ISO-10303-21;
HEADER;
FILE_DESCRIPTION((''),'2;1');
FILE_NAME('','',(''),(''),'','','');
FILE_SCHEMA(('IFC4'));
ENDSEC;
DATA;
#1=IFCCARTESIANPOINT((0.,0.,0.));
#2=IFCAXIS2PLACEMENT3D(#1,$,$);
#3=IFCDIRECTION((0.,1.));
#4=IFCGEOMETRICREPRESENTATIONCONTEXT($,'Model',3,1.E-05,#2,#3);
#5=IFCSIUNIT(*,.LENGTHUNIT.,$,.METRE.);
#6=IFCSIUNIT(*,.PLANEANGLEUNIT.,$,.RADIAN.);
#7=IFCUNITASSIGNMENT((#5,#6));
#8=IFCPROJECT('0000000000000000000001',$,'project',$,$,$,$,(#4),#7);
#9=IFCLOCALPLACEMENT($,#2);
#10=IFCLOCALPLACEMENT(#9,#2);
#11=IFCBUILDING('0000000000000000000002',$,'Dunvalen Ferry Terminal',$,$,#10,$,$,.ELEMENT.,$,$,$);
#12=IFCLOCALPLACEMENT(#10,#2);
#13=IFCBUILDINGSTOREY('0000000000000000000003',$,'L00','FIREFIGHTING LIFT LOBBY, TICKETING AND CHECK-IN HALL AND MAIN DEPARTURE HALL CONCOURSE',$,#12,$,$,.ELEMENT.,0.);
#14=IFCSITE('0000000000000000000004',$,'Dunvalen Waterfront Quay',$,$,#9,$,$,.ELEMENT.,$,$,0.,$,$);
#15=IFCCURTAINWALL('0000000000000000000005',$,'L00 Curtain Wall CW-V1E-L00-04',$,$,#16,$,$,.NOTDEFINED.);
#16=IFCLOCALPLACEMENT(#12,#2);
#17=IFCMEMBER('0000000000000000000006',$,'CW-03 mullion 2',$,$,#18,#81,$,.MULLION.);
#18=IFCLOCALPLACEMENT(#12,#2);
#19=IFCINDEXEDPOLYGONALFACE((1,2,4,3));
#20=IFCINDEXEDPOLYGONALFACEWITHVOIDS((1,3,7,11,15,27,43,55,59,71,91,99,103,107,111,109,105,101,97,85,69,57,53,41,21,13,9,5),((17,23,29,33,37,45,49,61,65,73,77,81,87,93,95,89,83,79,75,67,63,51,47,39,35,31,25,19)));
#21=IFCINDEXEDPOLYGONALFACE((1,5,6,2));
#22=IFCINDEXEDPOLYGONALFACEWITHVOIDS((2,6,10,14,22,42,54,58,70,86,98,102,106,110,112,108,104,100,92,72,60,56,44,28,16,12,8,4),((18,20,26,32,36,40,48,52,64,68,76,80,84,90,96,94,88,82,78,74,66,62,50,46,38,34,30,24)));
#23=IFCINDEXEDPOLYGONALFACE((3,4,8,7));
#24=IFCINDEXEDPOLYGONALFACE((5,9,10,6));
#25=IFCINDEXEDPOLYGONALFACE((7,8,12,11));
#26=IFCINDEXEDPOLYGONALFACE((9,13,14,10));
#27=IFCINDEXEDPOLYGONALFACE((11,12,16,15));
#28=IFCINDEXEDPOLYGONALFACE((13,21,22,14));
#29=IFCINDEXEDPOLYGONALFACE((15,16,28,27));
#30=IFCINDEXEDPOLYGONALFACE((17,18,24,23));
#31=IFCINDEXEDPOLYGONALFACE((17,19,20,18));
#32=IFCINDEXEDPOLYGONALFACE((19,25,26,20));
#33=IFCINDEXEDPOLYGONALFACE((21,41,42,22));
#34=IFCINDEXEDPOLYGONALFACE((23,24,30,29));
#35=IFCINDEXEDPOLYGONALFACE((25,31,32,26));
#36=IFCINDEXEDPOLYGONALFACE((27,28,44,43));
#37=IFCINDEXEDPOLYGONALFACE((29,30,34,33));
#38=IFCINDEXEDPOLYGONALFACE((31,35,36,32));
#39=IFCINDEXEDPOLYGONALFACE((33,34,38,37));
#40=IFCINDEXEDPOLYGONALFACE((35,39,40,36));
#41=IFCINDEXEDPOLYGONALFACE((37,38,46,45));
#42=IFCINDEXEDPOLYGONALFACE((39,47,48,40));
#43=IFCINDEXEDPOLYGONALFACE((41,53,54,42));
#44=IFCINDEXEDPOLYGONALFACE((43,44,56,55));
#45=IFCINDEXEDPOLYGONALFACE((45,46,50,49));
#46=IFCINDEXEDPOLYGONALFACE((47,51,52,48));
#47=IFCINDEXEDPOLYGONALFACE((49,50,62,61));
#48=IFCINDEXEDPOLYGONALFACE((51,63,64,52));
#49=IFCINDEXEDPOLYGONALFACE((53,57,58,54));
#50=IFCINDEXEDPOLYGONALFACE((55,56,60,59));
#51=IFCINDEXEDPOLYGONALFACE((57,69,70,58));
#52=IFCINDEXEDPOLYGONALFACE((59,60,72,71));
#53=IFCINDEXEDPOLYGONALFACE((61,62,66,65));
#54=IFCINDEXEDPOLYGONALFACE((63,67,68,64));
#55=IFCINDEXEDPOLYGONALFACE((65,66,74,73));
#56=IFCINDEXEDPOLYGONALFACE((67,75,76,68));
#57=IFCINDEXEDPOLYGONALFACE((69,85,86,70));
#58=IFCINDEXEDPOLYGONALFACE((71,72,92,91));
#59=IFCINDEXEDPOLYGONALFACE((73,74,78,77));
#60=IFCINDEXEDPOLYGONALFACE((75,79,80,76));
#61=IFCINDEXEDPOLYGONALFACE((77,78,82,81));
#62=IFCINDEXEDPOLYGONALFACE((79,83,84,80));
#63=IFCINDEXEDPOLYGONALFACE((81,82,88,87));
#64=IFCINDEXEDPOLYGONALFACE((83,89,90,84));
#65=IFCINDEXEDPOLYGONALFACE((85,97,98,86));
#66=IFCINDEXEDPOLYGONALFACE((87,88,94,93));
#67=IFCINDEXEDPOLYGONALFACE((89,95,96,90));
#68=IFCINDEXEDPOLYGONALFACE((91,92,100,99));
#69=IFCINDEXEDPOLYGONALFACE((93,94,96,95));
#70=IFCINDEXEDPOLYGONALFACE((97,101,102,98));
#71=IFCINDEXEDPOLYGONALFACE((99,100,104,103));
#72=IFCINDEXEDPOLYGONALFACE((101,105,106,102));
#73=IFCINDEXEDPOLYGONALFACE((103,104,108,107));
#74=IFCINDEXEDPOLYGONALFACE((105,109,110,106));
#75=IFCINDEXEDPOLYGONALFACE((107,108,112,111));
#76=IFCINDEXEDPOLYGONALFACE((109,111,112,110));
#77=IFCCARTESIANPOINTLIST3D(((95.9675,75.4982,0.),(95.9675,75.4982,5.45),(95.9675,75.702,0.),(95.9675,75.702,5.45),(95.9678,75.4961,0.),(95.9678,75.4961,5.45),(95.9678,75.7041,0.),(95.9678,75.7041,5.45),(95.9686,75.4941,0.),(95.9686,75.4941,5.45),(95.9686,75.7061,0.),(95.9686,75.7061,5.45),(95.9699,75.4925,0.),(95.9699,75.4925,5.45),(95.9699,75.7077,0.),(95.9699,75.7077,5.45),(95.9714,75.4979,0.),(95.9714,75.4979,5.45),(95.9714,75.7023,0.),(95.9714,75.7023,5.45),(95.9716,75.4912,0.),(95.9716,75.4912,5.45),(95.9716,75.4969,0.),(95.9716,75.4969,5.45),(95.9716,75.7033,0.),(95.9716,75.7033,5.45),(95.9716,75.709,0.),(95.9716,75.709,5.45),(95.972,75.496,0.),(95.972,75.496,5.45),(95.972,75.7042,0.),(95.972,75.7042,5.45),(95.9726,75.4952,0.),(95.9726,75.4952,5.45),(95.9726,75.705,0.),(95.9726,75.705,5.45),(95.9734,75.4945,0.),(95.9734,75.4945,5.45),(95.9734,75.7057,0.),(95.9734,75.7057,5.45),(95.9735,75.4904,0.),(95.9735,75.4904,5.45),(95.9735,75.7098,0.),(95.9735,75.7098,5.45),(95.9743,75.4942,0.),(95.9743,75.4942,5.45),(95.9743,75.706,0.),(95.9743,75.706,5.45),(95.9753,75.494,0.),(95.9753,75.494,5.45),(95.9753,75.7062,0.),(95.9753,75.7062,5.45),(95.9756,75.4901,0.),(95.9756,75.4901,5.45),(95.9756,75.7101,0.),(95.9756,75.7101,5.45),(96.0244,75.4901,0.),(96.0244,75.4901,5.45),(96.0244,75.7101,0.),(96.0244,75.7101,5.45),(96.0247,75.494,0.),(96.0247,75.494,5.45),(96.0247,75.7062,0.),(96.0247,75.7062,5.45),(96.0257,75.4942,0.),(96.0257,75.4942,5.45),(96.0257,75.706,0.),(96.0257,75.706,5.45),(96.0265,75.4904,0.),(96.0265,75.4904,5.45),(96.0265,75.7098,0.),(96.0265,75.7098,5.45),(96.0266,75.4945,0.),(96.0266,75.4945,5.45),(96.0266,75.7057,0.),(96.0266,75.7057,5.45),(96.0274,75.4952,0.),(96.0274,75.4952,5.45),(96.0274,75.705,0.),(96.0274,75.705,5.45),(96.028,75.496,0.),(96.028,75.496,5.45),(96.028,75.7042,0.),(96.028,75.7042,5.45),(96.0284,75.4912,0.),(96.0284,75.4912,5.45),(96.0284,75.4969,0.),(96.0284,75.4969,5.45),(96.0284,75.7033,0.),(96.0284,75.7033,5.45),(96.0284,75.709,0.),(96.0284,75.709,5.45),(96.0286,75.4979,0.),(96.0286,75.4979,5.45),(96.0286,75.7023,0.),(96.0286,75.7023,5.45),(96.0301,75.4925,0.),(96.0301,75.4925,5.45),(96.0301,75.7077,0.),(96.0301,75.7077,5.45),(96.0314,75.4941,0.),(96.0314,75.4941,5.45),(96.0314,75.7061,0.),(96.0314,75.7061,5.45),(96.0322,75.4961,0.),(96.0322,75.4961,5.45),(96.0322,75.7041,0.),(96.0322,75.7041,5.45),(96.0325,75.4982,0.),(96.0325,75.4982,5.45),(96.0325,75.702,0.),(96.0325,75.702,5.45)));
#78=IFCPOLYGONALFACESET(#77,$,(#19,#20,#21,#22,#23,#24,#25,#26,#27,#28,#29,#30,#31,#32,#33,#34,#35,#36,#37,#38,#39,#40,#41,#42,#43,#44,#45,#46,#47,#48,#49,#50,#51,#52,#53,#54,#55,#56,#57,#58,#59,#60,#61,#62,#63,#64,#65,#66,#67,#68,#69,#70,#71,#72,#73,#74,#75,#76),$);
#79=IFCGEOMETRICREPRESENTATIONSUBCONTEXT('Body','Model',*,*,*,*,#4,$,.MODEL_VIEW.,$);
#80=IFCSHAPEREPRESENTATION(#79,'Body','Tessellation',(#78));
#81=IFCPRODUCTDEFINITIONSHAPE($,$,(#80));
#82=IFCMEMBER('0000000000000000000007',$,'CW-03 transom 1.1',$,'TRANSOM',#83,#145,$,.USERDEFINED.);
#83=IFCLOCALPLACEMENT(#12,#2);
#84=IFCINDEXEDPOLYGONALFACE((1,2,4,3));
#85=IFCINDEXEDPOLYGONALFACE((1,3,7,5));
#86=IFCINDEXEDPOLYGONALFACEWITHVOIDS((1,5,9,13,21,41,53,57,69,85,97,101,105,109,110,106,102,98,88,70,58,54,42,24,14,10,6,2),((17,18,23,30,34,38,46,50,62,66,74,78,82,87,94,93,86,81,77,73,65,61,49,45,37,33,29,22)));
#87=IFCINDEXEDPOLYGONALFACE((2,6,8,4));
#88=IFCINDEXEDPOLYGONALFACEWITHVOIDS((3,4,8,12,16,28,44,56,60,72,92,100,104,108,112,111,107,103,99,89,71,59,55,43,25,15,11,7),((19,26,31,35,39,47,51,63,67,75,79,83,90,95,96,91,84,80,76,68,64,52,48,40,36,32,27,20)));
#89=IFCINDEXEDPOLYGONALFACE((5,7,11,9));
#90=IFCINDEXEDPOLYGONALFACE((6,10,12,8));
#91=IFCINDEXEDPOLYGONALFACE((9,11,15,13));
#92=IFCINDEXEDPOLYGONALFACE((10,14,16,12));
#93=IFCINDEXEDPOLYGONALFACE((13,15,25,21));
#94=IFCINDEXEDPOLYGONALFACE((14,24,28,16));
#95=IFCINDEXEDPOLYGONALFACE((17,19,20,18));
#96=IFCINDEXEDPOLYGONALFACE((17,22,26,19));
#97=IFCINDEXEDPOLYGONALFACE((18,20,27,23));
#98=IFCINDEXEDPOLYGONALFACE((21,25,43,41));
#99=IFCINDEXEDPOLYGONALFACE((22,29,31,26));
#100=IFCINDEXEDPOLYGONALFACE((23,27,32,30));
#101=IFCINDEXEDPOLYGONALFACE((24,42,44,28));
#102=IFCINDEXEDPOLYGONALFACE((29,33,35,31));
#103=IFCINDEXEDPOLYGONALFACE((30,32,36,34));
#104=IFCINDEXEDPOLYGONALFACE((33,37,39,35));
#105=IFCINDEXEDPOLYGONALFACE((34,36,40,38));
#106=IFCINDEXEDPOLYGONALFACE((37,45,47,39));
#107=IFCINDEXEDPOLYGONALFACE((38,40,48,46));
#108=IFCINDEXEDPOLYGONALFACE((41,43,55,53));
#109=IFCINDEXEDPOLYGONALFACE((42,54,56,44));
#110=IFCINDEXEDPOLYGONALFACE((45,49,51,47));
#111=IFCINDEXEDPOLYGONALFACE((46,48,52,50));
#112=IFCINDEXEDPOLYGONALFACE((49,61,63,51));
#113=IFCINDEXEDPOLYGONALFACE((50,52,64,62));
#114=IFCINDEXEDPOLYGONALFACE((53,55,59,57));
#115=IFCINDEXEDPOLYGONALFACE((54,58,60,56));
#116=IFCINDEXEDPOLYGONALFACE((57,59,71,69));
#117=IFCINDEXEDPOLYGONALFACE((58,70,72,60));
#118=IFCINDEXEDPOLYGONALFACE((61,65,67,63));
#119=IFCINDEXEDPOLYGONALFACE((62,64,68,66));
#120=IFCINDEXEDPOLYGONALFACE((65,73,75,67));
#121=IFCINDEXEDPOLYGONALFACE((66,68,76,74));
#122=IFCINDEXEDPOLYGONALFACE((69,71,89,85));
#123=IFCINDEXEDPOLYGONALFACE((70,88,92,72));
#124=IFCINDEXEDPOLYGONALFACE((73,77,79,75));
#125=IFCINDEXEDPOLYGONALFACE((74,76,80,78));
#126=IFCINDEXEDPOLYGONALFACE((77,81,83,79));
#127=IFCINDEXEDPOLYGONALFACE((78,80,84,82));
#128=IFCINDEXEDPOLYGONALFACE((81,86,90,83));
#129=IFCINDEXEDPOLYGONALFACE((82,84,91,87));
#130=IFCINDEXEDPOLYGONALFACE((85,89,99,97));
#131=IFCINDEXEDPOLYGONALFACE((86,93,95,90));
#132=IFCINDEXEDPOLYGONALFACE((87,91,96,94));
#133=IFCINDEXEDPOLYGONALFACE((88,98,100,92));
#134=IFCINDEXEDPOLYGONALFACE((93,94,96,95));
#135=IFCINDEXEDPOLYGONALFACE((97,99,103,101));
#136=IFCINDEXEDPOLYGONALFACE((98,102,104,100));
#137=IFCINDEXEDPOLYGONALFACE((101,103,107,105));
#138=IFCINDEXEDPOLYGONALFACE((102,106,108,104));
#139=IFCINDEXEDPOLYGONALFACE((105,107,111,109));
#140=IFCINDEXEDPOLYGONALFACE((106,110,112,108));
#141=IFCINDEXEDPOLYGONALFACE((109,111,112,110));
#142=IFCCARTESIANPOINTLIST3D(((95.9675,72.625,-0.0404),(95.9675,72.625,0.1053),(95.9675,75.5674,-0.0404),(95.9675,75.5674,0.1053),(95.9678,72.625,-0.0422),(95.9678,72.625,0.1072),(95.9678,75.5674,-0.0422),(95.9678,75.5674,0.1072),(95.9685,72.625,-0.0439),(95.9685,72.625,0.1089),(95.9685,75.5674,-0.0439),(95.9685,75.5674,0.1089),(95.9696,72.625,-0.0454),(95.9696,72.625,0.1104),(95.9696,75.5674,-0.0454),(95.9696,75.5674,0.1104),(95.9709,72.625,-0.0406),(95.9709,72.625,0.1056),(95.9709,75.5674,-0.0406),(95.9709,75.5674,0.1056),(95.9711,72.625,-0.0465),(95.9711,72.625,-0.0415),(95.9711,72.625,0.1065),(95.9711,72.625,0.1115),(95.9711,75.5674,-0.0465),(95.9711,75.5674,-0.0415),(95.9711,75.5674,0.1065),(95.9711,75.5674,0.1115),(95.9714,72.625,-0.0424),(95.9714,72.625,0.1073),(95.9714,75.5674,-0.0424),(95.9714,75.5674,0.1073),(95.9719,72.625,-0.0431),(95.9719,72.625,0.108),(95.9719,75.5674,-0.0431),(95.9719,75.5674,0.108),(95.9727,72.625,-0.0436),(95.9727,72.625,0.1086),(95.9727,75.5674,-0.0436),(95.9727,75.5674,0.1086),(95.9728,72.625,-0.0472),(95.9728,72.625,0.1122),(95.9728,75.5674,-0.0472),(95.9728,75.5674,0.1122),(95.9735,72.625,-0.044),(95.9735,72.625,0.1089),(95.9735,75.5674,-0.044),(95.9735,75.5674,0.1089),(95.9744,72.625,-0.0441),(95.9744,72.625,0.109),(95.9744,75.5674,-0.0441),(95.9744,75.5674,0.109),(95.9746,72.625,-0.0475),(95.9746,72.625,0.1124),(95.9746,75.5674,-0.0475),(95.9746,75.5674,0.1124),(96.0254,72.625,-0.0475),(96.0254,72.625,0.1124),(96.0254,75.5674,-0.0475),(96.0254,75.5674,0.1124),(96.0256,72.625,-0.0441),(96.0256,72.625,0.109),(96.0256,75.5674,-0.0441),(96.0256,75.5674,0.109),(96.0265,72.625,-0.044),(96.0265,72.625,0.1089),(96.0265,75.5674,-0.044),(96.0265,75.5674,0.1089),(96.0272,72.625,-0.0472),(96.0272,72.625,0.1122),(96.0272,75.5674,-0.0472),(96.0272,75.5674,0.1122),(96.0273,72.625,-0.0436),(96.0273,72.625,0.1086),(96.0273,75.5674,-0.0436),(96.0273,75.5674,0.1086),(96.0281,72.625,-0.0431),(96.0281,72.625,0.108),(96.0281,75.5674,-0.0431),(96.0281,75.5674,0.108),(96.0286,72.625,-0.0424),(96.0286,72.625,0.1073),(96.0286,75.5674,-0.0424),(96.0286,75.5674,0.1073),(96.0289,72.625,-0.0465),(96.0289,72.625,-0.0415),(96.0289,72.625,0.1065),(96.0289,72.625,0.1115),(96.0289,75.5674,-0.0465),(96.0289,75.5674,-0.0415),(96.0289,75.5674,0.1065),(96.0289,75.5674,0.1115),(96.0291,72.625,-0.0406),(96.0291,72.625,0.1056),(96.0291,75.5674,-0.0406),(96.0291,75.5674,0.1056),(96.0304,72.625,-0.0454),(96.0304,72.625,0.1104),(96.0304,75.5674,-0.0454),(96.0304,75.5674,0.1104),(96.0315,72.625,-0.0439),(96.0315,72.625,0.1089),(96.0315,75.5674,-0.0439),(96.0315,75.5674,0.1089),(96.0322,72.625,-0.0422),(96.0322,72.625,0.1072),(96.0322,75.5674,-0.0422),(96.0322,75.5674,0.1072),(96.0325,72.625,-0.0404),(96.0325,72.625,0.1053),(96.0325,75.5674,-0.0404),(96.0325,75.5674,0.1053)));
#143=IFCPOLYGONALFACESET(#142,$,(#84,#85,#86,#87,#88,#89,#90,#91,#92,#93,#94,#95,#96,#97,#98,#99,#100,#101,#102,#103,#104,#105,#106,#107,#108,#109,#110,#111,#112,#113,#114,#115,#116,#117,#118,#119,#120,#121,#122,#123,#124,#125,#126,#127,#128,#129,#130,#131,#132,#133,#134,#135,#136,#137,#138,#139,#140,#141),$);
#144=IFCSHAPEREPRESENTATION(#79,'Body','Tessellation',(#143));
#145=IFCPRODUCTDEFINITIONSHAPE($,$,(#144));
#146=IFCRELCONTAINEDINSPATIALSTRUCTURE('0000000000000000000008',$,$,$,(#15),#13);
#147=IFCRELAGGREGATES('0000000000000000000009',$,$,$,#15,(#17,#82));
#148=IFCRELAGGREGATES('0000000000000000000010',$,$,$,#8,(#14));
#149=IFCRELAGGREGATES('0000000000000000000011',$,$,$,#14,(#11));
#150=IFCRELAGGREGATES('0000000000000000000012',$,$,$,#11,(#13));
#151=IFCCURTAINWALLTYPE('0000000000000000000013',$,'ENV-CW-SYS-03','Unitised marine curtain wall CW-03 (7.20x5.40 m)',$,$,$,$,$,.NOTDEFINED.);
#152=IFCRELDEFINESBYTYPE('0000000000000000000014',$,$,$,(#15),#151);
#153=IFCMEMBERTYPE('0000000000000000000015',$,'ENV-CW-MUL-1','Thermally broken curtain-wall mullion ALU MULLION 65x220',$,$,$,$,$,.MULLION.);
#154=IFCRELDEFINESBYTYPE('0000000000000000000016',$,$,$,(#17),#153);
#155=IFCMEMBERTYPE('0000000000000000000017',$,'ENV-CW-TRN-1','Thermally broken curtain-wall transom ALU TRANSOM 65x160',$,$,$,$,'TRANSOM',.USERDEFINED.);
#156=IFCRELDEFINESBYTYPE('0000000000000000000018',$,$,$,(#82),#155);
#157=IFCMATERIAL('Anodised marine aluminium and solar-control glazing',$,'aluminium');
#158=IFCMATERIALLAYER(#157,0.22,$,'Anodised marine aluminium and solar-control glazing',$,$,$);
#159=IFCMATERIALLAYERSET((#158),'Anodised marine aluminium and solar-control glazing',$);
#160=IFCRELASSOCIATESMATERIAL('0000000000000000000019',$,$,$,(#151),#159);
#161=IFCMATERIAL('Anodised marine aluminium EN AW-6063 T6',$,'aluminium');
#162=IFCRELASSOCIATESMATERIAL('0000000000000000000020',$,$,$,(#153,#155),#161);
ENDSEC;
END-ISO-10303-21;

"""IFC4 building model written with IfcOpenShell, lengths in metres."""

from ifc_helpers import new_model, si_unit, direction, frame, origin, origin_2d, place, context, subcontext, project, spatial, hollow_rectangle, extrude, material, layer, layer_set, material_profile, profile_set, type_object, element, aggregate, save


model = new_model("IFC4")

# Units and contexts
model_context = context("Model", 3, precision=1e-05, world=origin(), true_north=direction((0.0, 1.0)))
body_context = subcontext(model_context, "Body", "Model", "MODEL_VIEW")
ifc_project = project(units=[si_unit("LENGTHUNIT", "METRE"), si_unit("PLANEANGLEUNIT", "RADIAN")], contexts=[model_context])

# Site, building, storey
site_placement = place(None, origin())
site = spatial("IfcSite", under=ifc_project, at=site_placement, Name="Dunvalen Waterfront Quay", CompositionType="ELEMENT", RefElevation=0.0)
building_placement = place(site_placement, origin())
building = spatial("IfcBuilding", under=site, at=building_placement, Name="Dunvalen Ferry Terminal", CompositionType="ELEMENT")
storey_placement = place(building_placement, origin())
storey = spatial("IfcBuildingStorey", under=building, at=storey_placement, Name="L00", Description="FIREFIGHTING LIFT LOBBY, TICKETING AND CHECK-IN HALL AND MAIN DEPARTURE HALL CONCOURSE", CompositionType="ELEMENT", Elevation=0.0)

# Curtain wall, members
ifc_material_1 = material(Name="Anodised marine aluminium and solar-control glazing", Category="aluminium")
ifc_layer_1 = layer(ifc_material_1, 0.22, Name="Anodised marine aluminium and solar-control glazing")
ifc_layer_set_1 = layer_set([ifc_layer_1], Name="Anodised marine aluminium and solar-control glazing")
curtain_wall_type = type_object("IfcCurtainWallType", Name="ENV-CW-SYS-03", Description="Unitised marine curtain wall CW-03 (7.20x5.40 m)", PredefinedType="NOTDEFINED", material=ifc_layer_set_1)
curtain_wall_placement = place(storey_placement, origin())
curtain_wall = element("IfcCurtainWall", 1, at=curtain_wall_placement, inside=storey, type_object=curtain_wall_type, Name="L00 Curtain Wall CW-V1E-L00-04", PredefinedType="NOTDEFINED")
ifc_material_2 = material(Name="Anodised marine aluminium EN AW-6063 T6", Category="aluminium")
ifc_material_profile_1 = material_profile(ifc_material_2, hollow_rectangle(XDim=0.0649, YDim=0.22, WallThickness=0.0039, InnerFilletRadius=0.0039, OuterFilletRadius=0.0081, at=origin_2d()), Name="Anodised marine aluminium EN AW-6063 T6")
ifc_profile_set_1 = profile_set([ifc_material_profile_1], Name="Anodised marine aluminium EN AW-6063 T6")
member_type_1 = type_object("IfcMemberType", Name="ENV-CW-MUL-1", Description="Thermally broken curtain-wall mullion ALU MULLION 65x220", PredefinedType="MULLION", material=ifc_profile_set_1)
member_1_placement = place(storey_placement, frame((96.0, 75.6001, 0.0), z_axis=(0.0, 0.0, 1.0), x_axis=(-1.0, 0.0, 0.0)))
member_1 = element("IfcMember", 2, at=member_1_placement, type_object=member_type_1, Name="CW-03 mullion 2", PredefinedType="MULLION", context=body_context, shape_type="SweptSolid", body=[
    extrude(hollow_rectangle(XDim=0.0649, YDim=0.22, WallThickness=0.0039, InnerFilletRadius=0.0039, OuterFilletRadius=0.0081, at=origin_2d()), origin(), (0.0, 0.0, 1.0), 5.45),
])
ifc_material_profile_2 = material_profile(ifc_material_2, hollow_rectangle(XDim=0.0649, YDim=0.1599, WallThickness=0.0034, InnerFilletRadius=0.0034, OuterFilletRadius=0.0071, at=origin_2d()), Name="Anodised marine aluminium EN AW-6063 T6")
ifc_profile_set_2 = profile_set([ifc_material_profile_2], Name="Anodised marine aluminium EN AW-6063 T6")
member_type_2 = type_object("IfcMemberType", Name="ENV-CW-TRN-1", Description="Thermally broken curtain-wall transom ALU TRANSOM 65x160", ElementType="TRANSOM", PredefinedType="USERDEFINED", material=ifc_profile_set_2)
member_2_placement = place(storey_placement, frame((96.0, 72.625, 0.0325), z_axis=(0.0, 1.0, 0.0), x_axis=(-1.0, 0.0, 0.0)))
member_2 = element("IfcMember", 3, at=member_2_placement, type_object=member_type_2, Name="CW-03 transom 1.1", ObjectType="TRANSOM", PredefinedType="USERDEFINED", context=body_context, shape_type="SweptSolid", body=[
    extrude(hollow_rectangle(XDim=0.0649, YDim=0.1599, WallThickness=0.0034, InnerFilletRadius=0.0034, OuterFilletRadius=0.0071, at=origin_2d()), origin(), (0.0, 0.0, 1.0), 2.9424),
])
aggregate(curtain_wall, [member_1, member_2])

save(model, "model.ifc")
